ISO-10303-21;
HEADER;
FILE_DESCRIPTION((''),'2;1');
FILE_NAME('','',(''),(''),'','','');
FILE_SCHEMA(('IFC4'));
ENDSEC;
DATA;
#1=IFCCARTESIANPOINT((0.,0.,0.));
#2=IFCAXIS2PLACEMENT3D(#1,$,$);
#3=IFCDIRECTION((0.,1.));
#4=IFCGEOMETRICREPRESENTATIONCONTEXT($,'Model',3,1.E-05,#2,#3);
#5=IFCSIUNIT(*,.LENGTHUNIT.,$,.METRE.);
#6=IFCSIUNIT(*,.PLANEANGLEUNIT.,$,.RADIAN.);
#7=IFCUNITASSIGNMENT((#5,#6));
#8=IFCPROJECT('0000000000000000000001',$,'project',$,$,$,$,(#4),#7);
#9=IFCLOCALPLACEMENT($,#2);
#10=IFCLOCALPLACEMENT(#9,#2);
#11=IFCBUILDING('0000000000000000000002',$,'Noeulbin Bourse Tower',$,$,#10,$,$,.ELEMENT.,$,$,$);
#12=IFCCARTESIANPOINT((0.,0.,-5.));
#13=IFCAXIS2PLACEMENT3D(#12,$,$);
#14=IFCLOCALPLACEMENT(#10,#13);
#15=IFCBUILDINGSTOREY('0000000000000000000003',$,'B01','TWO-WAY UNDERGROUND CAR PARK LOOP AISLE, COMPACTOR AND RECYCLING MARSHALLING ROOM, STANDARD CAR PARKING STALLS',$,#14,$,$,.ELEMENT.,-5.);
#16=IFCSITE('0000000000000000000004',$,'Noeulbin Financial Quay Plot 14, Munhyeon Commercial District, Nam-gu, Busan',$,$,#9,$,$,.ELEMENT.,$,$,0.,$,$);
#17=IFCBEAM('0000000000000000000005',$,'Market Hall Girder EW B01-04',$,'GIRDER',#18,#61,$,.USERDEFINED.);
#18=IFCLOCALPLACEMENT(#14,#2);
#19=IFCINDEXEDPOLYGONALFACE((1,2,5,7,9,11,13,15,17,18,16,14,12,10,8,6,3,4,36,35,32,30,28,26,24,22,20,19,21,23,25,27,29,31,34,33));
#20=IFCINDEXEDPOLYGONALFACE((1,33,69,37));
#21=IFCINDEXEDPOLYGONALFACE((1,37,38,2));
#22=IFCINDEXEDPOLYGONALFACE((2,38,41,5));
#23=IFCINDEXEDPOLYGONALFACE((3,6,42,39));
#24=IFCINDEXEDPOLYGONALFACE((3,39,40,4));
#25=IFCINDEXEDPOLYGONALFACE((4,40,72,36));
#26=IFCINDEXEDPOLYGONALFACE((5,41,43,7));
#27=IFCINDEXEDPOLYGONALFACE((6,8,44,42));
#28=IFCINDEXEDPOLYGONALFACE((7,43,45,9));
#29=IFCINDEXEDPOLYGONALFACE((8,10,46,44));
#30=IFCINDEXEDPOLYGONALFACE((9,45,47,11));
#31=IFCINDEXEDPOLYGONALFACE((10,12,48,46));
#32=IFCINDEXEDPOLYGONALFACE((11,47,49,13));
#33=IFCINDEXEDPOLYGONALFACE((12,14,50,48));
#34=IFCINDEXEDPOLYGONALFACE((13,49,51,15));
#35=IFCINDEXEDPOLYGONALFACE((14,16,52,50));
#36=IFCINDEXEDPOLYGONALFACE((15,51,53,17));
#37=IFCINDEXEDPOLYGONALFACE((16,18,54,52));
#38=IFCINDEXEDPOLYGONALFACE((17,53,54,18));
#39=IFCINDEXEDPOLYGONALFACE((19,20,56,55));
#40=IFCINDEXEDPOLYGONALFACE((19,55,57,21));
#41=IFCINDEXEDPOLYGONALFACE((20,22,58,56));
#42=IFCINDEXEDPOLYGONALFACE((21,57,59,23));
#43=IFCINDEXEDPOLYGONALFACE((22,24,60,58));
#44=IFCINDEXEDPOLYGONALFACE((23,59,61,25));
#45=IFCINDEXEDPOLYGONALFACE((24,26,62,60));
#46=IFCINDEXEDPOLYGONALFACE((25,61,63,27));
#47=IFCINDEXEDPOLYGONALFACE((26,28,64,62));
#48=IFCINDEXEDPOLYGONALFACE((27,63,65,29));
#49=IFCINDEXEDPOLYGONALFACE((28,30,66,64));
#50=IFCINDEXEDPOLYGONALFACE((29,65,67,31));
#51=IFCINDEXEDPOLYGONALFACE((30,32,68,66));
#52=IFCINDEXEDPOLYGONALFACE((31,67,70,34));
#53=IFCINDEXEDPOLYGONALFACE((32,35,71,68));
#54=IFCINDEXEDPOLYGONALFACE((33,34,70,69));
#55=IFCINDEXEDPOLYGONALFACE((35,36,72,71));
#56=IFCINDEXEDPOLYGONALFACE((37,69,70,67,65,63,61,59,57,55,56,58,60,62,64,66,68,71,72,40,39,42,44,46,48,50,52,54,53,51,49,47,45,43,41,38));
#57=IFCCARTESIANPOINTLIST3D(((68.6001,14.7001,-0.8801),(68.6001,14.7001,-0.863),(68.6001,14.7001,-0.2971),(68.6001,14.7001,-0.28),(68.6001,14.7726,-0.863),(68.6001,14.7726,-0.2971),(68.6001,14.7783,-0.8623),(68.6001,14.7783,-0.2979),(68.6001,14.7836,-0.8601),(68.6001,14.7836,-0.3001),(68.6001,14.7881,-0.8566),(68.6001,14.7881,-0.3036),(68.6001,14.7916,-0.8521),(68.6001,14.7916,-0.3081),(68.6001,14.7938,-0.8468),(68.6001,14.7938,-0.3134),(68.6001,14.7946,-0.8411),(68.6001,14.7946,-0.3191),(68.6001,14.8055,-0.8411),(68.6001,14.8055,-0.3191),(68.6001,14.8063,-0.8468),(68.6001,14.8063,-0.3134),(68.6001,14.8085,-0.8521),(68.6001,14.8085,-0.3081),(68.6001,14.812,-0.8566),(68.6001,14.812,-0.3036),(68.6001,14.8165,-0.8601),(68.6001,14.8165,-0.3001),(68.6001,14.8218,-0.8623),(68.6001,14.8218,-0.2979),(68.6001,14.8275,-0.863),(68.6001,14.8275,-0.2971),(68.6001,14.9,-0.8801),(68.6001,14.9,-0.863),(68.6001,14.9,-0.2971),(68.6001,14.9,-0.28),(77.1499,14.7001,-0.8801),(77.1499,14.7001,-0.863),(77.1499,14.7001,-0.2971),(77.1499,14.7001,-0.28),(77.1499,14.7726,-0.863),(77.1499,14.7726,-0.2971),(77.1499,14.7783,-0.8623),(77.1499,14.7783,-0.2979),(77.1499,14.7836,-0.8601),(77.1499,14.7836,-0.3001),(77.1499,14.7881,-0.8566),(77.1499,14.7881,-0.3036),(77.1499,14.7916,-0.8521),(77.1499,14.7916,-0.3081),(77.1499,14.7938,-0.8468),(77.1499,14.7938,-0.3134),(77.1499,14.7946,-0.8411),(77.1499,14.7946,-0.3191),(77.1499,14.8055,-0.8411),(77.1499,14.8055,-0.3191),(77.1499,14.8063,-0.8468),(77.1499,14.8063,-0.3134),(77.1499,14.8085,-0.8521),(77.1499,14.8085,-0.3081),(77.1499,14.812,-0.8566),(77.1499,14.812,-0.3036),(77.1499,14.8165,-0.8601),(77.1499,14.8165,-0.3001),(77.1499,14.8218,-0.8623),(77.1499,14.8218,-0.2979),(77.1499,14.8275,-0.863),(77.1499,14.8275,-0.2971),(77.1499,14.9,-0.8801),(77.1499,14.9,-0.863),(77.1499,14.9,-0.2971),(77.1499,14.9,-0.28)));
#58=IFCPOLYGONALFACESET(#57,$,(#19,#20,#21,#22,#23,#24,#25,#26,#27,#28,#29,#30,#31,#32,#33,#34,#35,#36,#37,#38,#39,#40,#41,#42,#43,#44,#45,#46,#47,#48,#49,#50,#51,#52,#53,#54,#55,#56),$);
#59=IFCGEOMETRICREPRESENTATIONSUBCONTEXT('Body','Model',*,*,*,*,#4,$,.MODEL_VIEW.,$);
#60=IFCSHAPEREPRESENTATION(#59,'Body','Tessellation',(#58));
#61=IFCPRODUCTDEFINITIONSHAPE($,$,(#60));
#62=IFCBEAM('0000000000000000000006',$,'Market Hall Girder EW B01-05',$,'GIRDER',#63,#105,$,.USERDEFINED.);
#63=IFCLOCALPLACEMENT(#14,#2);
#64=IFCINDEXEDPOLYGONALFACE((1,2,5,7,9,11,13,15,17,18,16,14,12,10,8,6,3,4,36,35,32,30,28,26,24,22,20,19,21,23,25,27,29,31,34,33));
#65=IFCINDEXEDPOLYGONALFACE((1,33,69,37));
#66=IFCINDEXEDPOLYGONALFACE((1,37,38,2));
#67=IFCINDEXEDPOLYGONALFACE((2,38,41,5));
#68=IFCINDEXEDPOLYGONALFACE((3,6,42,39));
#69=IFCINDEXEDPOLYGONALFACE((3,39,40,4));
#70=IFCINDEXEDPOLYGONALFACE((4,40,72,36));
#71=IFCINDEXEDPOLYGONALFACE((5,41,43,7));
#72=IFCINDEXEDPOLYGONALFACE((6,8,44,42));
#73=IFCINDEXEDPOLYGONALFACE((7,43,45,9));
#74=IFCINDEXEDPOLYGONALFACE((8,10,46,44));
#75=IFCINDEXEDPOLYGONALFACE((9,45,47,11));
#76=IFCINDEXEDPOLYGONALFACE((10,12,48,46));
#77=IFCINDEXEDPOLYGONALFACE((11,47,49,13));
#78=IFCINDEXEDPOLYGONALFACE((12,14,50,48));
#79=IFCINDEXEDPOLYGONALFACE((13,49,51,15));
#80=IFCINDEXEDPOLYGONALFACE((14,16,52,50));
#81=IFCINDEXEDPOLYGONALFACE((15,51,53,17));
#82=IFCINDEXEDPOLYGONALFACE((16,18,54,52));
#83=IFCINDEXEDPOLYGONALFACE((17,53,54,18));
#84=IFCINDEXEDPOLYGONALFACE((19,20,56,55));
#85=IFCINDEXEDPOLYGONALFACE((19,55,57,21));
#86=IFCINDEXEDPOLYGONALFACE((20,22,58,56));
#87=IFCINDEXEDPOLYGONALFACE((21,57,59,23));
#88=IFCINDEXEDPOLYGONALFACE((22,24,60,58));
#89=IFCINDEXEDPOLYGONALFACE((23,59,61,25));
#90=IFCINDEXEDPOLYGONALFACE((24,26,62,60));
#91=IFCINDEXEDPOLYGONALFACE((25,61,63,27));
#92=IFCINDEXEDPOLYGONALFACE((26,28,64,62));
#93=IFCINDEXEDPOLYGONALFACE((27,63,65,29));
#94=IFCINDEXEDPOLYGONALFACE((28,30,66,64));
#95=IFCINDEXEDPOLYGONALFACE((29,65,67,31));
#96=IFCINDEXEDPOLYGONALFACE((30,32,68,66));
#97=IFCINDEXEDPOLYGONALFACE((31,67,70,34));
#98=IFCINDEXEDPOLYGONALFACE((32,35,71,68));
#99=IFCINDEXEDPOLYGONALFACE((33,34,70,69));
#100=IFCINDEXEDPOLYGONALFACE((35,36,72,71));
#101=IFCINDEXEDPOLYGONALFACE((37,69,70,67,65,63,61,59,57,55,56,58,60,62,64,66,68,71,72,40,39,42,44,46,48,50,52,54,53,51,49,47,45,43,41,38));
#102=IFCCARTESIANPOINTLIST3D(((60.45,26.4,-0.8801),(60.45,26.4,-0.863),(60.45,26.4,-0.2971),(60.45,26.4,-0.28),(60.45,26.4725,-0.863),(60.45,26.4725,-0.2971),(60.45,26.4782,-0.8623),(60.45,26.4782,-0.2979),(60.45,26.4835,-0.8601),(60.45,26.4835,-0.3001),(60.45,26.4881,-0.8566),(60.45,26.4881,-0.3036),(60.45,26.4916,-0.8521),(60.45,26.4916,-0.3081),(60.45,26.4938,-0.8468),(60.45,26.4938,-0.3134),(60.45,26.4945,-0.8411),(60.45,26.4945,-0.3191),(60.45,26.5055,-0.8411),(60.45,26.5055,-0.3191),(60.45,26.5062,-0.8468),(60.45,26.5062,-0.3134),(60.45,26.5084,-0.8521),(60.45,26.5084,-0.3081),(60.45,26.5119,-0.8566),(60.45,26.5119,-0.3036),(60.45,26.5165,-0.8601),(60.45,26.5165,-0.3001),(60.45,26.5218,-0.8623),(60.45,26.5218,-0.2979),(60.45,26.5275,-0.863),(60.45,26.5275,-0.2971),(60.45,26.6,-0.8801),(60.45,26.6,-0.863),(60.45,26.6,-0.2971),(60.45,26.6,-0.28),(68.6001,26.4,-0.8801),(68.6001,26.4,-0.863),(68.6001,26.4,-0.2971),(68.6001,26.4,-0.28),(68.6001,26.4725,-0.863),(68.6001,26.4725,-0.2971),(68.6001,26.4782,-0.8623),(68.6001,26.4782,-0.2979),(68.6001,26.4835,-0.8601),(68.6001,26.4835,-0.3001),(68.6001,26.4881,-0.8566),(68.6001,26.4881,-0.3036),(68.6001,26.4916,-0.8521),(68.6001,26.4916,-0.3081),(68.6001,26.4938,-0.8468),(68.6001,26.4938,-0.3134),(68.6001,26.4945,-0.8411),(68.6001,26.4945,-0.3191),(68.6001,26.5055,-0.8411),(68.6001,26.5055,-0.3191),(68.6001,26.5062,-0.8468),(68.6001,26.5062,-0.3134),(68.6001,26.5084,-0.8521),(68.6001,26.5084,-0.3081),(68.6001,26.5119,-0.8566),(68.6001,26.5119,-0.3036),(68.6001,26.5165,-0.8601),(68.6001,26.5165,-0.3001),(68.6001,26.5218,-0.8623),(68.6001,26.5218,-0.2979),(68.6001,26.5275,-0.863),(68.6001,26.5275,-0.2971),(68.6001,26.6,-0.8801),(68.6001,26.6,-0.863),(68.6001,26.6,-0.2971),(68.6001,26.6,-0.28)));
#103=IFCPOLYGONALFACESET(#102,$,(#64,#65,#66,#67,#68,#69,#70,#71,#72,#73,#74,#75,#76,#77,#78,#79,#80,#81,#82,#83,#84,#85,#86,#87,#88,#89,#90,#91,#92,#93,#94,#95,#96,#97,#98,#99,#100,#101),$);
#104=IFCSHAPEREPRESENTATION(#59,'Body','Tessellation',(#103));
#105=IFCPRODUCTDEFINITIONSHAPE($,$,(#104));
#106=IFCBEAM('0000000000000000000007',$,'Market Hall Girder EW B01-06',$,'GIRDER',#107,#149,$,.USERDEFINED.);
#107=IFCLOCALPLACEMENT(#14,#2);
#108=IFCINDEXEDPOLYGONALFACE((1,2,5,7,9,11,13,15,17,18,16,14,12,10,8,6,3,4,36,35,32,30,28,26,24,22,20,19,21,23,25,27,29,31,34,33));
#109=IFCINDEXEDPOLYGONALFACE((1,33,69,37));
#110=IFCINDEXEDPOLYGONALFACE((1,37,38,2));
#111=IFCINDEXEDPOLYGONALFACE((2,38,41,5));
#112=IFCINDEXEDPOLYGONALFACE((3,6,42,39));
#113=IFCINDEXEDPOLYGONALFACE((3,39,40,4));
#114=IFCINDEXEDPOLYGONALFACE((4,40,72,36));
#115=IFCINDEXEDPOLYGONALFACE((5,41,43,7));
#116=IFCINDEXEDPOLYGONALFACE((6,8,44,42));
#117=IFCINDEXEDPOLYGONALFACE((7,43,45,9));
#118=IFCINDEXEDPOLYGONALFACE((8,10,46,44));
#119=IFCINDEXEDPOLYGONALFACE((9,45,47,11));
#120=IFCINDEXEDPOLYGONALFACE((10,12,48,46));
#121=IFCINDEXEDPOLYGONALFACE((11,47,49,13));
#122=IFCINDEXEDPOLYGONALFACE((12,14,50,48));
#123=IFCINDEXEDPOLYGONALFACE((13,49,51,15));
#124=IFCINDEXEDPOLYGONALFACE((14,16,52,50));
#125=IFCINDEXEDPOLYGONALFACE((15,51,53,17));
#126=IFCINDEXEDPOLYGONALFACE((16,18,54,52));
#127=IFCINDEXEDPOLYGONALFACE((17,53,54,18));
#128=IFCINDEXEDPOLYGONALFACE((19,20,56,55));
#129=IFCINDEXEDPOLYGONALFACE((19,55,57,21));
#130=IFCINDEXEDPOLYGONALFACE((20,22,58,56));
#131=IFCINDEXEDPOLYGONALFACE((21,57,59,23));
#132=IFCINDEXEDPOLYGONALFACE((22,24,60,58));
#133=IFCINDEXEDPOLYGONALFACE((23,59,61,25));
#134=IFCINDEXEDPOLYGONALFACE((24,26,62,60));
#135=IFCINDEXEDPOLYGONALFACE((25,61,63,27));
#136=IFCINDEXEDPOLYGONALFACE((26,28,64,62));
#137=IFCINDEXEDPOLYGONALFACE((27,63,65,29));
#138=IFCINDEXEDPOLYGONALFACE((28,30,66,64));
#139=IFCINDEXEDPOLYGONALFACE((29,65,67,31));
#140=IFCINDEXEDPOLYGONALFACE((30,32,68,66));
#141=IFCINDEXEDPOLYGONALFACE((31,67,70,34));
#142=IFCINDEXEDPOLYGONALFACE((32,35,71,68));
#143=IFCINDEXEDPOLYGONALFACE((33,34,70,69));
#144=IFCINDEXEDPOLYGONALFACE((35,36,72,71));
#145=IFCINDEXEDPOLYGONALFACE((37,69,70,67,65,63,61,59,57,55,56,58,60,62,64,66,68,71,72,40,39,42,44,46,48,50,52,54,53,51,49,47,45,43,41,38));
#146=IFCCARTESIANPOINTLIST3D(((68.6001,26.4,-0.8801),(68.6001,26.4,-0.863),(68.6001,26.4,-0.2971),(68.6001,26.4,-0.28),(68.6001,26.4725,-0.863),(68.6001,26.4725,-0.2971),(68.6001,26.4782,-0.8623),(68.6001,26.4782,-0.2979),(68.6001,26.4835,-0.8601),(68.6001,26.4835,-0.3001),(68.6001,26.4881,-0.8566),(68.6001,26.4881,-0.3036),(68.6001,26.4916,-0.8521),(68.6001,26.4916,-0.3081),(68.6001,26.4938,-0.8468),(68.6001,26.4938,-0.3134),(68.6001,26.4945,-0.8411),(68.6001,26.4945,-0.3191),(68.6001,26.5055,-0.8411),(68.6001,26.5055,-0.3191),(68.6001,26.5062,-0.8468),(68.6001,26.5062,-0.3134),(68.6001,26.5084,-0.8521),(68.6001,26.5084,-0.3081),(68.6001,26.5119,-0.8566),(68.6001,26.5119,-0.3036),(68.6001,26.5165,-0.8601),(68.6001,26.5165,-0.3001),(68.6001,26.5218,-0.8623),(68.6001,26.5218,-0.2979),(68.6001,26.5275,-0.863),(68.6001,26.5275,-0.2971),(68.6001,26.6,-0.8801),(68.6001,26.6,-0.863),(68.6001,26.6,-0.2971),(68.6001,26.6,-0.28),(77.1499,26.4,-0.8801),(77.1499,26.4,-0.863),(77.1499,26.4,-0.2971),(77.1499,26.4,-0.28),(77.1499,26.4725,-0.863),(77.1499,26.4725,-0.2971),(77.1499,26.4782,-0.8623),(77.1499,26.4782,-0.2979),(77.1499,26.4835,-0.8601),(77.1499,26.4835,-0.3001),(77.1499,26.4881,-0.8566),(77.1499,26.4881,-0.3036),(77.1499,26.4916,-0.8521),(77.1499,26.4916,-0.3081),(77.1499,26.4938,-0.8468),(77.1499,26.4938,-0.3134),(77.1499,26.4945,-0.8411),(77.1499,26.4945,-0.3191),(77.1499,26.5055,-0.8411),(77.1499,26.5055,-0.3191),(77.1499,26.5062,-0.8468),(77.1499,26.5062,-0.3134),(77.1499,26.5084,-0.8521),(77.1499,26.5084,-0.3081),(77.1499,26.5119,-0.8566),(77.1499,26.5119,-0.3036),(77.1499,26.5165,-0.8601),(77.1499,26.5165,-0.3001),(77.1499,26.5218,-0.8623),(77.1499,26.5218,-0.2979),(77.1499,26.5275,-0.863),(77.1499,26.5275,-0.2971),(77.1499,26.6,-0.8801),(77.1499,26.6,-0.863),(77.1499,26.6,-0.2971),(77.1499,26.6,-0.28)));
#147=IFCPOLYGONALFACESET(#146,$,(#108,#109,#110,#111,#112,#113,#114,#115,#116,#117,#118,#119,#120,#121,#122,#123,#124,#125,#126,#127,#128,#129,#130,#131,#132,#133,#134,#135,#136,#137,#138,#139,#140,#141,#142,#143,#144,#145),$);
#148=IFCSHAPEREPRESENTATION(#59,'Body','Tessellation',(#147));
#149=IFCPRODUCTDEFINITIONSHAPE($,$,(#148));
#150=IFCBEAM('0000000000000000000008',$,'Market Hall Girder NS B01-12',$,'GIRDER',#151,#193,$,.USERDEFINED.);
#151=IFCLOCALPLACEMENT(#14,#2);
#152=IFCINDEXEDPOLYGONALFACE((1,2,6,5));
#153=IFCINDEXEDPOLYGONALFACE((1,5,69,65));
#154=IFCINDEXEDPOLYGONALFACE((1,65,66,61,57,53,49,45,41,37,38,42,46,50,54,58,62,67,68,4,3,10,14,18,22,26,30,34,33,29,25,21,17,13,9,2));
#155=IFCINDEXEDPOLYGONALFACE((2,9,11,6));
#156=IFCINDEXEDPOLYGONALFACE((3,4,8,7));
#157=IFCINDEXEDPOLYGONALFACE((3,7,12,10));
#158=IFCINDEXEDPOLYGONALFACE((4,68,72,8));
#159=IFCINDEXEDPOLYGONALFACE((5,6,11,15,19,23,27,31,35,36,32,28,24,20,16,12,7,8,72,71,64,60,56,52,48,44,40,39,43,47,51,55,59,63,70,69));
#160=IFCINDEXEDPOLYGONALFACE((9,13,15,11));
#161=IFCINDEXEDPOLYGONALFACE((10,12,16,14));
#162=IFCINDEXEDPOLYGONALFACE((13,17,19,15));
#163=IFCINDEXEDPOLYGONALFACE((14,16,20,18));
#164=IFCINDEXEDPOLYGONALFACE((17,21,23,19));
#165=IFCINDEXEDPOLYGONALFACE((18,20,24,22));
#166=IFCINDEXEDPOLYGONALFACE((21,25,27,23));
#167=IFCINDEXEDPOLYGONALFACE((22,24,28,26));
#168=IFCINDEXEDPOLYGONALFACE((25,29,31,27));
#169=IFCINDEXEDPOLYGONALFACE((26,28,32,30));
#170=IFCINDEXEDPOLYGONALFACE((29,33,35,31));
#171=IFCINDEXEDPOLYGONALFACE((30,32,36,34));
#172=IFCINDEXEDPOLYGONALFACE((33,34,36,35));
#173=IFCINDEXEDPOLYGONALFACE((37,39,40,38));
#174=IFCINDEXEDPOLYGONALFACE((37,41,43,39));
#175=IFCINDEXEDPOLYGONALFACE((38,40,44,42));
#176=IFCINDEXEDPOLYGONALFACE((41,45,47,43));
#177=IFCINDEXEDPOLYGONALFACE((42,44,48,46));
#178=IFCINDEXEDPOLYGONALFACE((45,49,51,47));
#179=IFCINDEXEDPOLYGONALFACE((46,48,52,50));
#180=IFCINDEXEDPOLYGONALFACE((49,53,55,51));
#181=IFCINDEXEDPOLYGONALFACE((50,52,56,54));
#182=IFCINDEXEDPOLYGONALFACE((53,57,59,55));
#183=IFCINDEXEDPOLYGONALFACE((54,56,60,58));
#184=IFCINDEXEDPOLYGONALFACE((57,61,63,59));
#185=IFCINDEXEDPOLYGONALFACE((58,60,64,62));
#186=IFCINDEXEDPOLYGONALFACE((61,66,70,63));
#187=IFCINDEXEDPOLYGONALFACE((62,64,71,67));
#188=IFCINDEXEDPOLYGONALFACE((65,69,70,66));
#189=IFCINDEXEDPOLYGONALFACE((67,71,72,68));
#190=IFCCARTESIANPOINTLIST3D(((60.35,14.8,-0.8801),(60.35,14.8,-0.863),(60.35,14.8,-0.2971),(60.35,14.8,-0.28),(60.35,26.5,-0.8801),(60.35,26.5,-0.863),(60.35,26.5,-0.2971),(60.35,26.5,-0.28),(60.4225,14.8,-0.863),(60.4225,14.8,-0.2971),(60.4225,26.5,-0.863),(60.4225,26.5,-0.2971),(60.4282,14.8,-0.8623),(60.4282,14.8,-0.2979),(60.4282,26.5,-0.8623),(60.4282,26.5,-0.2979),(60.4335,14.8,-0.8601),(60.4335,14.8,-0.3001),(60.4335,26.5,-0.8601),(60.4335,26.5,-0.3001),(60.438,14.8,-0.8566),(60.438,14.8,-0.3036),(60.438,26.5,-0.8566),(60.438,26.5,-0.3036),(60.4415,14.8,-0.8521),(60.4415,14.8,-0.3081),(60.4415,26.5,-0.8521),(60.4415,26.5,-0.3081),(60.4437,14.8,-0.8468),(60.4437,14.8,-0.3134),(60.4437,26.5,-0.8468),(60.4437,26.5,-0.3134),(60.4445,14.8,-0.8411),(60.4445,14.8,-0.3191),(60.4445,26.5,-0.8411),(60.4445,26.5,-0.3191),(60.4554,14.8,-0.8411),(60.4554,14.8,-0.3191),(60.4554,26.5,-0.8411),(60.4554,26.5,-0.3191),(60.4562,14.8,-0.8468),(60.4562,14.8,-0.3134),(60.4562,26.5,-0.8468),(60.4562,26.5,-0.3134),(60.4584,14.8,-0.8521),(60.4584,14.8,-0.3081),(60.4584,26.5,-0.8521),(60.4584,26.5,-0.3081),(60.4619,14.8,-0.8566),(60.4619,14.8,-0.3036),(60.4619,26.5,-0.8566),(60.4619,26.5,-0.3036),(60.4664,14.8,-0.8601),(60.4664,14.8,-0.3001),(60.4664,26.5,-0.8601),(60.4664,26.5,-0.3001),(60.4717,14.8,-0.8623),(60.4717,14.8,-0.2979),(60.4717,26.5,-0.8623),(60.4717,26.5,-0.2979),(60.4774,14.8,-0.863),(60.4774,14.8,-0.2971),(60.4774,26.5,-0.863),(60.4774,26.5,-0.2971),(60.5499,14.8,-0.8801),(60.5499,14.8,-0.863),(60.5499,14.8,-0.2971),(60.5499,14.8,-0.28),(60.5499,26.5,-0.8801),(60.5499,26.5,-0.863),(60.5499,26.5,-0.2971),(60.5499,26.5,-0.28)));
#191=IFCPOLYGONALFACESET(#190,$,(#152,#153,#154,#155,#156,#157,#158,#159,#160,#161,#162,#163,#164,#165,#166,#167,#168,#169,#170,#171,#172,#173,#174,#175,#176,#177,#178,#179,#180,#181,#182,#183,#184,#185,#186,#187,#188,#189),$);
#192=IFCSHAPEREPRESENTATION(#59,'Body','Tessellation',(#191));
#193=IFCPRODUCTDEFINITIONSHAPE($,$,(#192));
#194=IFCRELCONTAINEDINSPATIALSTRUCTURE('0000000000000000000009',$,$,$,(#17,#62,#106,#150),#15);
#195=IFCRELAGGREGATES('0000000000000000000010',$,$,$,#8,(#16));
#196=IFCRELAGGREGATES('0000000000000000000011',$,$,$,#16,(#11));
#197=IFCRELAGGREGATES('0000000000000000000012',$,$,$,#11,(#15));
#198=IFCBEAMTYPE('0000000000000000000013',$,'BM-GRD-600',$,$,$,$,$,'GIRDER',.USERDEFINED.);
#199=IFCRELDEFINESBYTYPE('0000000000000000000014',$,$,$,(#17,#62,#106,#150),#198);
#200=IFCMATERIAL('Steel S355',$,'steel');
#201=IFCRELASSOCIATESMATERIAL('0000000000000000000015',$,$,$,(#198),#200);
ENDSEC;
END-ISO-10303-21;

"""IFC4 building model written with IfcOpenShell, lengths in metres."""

from ifc_helpers import new_model, si_unit, direction, frame, origin, origin_2d, place, context, subcontext, project, spatial, i_section, extrude, material, material_profile, profile_set, type_object, element, save


model = new_model("IFC4")

# Units and contexts
model_context = context("Model", 3, precision=1e-05, world=origin(), true_north=direction((0.0, 1.0)))
body_context = subcontext(model_context, "Body", "Model", "MODEL_VIEW")
ifc_project = project(units=[si_unit("LENGTHUNIT", "METRE"), si_unit("PLANEANGLEUNIT", "RADIAN")], contexts=[model_context])

# Site, building, storey
site_placement = place(None, origin())
site = spatial("IfcSite", under=ifc_project, at=site_placement, Name="Noeulbin Financial Quay Plot 14, Munhyeon Commercial District, Nam-gu, Busan", CompositionType="ELEMENT", RefElevation=0.0)
building_placement = place(site_placement, origin())
building = spatial("IfcBuilding", under=site, at=building_placement, Name="Noeulbin Bourse Tower", CompositionType="ELEMENT")
storey_placement = place(building_placement, frame((0.0, 0.0, -5.0)))
storey = spatial("IfcBuildingStorey", under=building, at=storey_placement, Name="B01", Description="TWO-WAY UNDERGROUND CAR PARK LOOP AISLE, COMPACTOR AND RECYCLING MARSHALLING ROOM, STANDARD CAR PARKING STALLS", CompositionType="ELEMENT", Elevation=-5.0)

# Beams
ifc_material_1 = material(Name="Steel S355", Category="steel")
ifc_material_profile_1 = material_profile(ifc_material_1, i_section(OverallWidth=0.2, OverallDepth=0.6001, WebThickness=0.011, FlangeThickness=0.0171, FilletRadius=0.022, at=origin_2d()), Name="H-600x200x11x17", Category="LoadBearing")
ifc_profile_set_1 = profile_set([ifc_material_profile_1], Name="Steel S355")
beam_type_1 = type_object("IfcBeamType", Name="BM-GRD-600", ElementType="GIRDER", PredefinedType="USERDEFINED", material=ifc_profile_set_1)
beam_1_placement = place(storey_placement, frame((68.6001, 14.8, -0.5801), z_axis=(1.0, 0.0, 0.0), x_axis=(0.0, 1.0, 0.0)))
element("IfcBeam", 1, at=beam_1_placement, inside=storey, type_object=beam_type_1, Name="Market Hall Girder EW B01-04", ObjectType="GIRDER", PredefinedType="USERDEFINED", context=body_context, shape_type="SweptSolid", body=[
    extrude(i_section(OverallWidth=0.2, OverallDepth=0.6001, WebThickness=0.011, FlangeThickness=0.0171, FilletRadius=0.022, at=origin_2d()), origin(), (0.0, 0.0, 1.0), 8.5498),
])
beam_2_placement = place(storey_placement, frame((60.45, 26.5, -0.5801), z_axis=(1.0, 0.0, 0.0), x_axis=(0.0, 1.0, 0.0)))
element("IfcBeam", 2, at=beam_2_placement, inside=storey, type_object=beam_type_1, Name="Market Hall Girder EW B01-05", ObjectType="GIRDER", PredefinedType="USERDEFINED", context=body_context, shape_type="SweptSolid", body=[
    extrude(i_section(OverallWidth=0.2, OverallDepth=0.6001, WebThickness=0.011, FlangeThickness=0.0171, FilletRadius=0.022, at=origin_2d()), origin(), (0.0, 0.0, 1.0), 8.1501),
])
beam_3_placement = place(storey_placement, frame((68.6001, 26.5, -0.5801), z_axis=(1.0, 0.0, 0.0), x_axis=(0.0, 1.0, 0.0)))
element("IfcBeam", 3, at=beam_3_placement, inside=storey, type_object=beam_type_1, Name="Market Hall Girder EW B01-06", ObjectType="GIRDER", PredefinedType="USERDEFINED", context=body_context, shape_type="SweptSolid", body=[
    extrude(i_section(OverallWidth=0.2, OverallDepth=0.6001, WebThickness=0.011, FlangeThickness=0.0171, FilletRadius=0.022, at=origin_2d()), origin(), (0.0, 0.0, 1.0), 8.5498),
])
beam_4_placement = place(storey_placement, frame((60.45, 14.8, -0.5801), z_axis=(0.0, 1.0, 0.0), x_axis=(-1.0, 0.0, 0.0)))
element("IfcBeam", 4, at=beam_4_placement, inside=storey, type_object=beam_type_1, Name="Market Hall Girder NS B01-12", ObjectType="GIRDER", PredefinedType="USERDEFINED", context=body_context, shape_type="SweptSolid", body=[
    extrude(i_section(OverallWidth=0.2, OverallDepth=0.6001, WebThickness=0.011, FlangeThickness=0.0171, FilletRadius=0.022, at=origin_2d()), origin(), (0.0, 0.0, 1.0), 11.7),
])

save(model, "model.ifc")
